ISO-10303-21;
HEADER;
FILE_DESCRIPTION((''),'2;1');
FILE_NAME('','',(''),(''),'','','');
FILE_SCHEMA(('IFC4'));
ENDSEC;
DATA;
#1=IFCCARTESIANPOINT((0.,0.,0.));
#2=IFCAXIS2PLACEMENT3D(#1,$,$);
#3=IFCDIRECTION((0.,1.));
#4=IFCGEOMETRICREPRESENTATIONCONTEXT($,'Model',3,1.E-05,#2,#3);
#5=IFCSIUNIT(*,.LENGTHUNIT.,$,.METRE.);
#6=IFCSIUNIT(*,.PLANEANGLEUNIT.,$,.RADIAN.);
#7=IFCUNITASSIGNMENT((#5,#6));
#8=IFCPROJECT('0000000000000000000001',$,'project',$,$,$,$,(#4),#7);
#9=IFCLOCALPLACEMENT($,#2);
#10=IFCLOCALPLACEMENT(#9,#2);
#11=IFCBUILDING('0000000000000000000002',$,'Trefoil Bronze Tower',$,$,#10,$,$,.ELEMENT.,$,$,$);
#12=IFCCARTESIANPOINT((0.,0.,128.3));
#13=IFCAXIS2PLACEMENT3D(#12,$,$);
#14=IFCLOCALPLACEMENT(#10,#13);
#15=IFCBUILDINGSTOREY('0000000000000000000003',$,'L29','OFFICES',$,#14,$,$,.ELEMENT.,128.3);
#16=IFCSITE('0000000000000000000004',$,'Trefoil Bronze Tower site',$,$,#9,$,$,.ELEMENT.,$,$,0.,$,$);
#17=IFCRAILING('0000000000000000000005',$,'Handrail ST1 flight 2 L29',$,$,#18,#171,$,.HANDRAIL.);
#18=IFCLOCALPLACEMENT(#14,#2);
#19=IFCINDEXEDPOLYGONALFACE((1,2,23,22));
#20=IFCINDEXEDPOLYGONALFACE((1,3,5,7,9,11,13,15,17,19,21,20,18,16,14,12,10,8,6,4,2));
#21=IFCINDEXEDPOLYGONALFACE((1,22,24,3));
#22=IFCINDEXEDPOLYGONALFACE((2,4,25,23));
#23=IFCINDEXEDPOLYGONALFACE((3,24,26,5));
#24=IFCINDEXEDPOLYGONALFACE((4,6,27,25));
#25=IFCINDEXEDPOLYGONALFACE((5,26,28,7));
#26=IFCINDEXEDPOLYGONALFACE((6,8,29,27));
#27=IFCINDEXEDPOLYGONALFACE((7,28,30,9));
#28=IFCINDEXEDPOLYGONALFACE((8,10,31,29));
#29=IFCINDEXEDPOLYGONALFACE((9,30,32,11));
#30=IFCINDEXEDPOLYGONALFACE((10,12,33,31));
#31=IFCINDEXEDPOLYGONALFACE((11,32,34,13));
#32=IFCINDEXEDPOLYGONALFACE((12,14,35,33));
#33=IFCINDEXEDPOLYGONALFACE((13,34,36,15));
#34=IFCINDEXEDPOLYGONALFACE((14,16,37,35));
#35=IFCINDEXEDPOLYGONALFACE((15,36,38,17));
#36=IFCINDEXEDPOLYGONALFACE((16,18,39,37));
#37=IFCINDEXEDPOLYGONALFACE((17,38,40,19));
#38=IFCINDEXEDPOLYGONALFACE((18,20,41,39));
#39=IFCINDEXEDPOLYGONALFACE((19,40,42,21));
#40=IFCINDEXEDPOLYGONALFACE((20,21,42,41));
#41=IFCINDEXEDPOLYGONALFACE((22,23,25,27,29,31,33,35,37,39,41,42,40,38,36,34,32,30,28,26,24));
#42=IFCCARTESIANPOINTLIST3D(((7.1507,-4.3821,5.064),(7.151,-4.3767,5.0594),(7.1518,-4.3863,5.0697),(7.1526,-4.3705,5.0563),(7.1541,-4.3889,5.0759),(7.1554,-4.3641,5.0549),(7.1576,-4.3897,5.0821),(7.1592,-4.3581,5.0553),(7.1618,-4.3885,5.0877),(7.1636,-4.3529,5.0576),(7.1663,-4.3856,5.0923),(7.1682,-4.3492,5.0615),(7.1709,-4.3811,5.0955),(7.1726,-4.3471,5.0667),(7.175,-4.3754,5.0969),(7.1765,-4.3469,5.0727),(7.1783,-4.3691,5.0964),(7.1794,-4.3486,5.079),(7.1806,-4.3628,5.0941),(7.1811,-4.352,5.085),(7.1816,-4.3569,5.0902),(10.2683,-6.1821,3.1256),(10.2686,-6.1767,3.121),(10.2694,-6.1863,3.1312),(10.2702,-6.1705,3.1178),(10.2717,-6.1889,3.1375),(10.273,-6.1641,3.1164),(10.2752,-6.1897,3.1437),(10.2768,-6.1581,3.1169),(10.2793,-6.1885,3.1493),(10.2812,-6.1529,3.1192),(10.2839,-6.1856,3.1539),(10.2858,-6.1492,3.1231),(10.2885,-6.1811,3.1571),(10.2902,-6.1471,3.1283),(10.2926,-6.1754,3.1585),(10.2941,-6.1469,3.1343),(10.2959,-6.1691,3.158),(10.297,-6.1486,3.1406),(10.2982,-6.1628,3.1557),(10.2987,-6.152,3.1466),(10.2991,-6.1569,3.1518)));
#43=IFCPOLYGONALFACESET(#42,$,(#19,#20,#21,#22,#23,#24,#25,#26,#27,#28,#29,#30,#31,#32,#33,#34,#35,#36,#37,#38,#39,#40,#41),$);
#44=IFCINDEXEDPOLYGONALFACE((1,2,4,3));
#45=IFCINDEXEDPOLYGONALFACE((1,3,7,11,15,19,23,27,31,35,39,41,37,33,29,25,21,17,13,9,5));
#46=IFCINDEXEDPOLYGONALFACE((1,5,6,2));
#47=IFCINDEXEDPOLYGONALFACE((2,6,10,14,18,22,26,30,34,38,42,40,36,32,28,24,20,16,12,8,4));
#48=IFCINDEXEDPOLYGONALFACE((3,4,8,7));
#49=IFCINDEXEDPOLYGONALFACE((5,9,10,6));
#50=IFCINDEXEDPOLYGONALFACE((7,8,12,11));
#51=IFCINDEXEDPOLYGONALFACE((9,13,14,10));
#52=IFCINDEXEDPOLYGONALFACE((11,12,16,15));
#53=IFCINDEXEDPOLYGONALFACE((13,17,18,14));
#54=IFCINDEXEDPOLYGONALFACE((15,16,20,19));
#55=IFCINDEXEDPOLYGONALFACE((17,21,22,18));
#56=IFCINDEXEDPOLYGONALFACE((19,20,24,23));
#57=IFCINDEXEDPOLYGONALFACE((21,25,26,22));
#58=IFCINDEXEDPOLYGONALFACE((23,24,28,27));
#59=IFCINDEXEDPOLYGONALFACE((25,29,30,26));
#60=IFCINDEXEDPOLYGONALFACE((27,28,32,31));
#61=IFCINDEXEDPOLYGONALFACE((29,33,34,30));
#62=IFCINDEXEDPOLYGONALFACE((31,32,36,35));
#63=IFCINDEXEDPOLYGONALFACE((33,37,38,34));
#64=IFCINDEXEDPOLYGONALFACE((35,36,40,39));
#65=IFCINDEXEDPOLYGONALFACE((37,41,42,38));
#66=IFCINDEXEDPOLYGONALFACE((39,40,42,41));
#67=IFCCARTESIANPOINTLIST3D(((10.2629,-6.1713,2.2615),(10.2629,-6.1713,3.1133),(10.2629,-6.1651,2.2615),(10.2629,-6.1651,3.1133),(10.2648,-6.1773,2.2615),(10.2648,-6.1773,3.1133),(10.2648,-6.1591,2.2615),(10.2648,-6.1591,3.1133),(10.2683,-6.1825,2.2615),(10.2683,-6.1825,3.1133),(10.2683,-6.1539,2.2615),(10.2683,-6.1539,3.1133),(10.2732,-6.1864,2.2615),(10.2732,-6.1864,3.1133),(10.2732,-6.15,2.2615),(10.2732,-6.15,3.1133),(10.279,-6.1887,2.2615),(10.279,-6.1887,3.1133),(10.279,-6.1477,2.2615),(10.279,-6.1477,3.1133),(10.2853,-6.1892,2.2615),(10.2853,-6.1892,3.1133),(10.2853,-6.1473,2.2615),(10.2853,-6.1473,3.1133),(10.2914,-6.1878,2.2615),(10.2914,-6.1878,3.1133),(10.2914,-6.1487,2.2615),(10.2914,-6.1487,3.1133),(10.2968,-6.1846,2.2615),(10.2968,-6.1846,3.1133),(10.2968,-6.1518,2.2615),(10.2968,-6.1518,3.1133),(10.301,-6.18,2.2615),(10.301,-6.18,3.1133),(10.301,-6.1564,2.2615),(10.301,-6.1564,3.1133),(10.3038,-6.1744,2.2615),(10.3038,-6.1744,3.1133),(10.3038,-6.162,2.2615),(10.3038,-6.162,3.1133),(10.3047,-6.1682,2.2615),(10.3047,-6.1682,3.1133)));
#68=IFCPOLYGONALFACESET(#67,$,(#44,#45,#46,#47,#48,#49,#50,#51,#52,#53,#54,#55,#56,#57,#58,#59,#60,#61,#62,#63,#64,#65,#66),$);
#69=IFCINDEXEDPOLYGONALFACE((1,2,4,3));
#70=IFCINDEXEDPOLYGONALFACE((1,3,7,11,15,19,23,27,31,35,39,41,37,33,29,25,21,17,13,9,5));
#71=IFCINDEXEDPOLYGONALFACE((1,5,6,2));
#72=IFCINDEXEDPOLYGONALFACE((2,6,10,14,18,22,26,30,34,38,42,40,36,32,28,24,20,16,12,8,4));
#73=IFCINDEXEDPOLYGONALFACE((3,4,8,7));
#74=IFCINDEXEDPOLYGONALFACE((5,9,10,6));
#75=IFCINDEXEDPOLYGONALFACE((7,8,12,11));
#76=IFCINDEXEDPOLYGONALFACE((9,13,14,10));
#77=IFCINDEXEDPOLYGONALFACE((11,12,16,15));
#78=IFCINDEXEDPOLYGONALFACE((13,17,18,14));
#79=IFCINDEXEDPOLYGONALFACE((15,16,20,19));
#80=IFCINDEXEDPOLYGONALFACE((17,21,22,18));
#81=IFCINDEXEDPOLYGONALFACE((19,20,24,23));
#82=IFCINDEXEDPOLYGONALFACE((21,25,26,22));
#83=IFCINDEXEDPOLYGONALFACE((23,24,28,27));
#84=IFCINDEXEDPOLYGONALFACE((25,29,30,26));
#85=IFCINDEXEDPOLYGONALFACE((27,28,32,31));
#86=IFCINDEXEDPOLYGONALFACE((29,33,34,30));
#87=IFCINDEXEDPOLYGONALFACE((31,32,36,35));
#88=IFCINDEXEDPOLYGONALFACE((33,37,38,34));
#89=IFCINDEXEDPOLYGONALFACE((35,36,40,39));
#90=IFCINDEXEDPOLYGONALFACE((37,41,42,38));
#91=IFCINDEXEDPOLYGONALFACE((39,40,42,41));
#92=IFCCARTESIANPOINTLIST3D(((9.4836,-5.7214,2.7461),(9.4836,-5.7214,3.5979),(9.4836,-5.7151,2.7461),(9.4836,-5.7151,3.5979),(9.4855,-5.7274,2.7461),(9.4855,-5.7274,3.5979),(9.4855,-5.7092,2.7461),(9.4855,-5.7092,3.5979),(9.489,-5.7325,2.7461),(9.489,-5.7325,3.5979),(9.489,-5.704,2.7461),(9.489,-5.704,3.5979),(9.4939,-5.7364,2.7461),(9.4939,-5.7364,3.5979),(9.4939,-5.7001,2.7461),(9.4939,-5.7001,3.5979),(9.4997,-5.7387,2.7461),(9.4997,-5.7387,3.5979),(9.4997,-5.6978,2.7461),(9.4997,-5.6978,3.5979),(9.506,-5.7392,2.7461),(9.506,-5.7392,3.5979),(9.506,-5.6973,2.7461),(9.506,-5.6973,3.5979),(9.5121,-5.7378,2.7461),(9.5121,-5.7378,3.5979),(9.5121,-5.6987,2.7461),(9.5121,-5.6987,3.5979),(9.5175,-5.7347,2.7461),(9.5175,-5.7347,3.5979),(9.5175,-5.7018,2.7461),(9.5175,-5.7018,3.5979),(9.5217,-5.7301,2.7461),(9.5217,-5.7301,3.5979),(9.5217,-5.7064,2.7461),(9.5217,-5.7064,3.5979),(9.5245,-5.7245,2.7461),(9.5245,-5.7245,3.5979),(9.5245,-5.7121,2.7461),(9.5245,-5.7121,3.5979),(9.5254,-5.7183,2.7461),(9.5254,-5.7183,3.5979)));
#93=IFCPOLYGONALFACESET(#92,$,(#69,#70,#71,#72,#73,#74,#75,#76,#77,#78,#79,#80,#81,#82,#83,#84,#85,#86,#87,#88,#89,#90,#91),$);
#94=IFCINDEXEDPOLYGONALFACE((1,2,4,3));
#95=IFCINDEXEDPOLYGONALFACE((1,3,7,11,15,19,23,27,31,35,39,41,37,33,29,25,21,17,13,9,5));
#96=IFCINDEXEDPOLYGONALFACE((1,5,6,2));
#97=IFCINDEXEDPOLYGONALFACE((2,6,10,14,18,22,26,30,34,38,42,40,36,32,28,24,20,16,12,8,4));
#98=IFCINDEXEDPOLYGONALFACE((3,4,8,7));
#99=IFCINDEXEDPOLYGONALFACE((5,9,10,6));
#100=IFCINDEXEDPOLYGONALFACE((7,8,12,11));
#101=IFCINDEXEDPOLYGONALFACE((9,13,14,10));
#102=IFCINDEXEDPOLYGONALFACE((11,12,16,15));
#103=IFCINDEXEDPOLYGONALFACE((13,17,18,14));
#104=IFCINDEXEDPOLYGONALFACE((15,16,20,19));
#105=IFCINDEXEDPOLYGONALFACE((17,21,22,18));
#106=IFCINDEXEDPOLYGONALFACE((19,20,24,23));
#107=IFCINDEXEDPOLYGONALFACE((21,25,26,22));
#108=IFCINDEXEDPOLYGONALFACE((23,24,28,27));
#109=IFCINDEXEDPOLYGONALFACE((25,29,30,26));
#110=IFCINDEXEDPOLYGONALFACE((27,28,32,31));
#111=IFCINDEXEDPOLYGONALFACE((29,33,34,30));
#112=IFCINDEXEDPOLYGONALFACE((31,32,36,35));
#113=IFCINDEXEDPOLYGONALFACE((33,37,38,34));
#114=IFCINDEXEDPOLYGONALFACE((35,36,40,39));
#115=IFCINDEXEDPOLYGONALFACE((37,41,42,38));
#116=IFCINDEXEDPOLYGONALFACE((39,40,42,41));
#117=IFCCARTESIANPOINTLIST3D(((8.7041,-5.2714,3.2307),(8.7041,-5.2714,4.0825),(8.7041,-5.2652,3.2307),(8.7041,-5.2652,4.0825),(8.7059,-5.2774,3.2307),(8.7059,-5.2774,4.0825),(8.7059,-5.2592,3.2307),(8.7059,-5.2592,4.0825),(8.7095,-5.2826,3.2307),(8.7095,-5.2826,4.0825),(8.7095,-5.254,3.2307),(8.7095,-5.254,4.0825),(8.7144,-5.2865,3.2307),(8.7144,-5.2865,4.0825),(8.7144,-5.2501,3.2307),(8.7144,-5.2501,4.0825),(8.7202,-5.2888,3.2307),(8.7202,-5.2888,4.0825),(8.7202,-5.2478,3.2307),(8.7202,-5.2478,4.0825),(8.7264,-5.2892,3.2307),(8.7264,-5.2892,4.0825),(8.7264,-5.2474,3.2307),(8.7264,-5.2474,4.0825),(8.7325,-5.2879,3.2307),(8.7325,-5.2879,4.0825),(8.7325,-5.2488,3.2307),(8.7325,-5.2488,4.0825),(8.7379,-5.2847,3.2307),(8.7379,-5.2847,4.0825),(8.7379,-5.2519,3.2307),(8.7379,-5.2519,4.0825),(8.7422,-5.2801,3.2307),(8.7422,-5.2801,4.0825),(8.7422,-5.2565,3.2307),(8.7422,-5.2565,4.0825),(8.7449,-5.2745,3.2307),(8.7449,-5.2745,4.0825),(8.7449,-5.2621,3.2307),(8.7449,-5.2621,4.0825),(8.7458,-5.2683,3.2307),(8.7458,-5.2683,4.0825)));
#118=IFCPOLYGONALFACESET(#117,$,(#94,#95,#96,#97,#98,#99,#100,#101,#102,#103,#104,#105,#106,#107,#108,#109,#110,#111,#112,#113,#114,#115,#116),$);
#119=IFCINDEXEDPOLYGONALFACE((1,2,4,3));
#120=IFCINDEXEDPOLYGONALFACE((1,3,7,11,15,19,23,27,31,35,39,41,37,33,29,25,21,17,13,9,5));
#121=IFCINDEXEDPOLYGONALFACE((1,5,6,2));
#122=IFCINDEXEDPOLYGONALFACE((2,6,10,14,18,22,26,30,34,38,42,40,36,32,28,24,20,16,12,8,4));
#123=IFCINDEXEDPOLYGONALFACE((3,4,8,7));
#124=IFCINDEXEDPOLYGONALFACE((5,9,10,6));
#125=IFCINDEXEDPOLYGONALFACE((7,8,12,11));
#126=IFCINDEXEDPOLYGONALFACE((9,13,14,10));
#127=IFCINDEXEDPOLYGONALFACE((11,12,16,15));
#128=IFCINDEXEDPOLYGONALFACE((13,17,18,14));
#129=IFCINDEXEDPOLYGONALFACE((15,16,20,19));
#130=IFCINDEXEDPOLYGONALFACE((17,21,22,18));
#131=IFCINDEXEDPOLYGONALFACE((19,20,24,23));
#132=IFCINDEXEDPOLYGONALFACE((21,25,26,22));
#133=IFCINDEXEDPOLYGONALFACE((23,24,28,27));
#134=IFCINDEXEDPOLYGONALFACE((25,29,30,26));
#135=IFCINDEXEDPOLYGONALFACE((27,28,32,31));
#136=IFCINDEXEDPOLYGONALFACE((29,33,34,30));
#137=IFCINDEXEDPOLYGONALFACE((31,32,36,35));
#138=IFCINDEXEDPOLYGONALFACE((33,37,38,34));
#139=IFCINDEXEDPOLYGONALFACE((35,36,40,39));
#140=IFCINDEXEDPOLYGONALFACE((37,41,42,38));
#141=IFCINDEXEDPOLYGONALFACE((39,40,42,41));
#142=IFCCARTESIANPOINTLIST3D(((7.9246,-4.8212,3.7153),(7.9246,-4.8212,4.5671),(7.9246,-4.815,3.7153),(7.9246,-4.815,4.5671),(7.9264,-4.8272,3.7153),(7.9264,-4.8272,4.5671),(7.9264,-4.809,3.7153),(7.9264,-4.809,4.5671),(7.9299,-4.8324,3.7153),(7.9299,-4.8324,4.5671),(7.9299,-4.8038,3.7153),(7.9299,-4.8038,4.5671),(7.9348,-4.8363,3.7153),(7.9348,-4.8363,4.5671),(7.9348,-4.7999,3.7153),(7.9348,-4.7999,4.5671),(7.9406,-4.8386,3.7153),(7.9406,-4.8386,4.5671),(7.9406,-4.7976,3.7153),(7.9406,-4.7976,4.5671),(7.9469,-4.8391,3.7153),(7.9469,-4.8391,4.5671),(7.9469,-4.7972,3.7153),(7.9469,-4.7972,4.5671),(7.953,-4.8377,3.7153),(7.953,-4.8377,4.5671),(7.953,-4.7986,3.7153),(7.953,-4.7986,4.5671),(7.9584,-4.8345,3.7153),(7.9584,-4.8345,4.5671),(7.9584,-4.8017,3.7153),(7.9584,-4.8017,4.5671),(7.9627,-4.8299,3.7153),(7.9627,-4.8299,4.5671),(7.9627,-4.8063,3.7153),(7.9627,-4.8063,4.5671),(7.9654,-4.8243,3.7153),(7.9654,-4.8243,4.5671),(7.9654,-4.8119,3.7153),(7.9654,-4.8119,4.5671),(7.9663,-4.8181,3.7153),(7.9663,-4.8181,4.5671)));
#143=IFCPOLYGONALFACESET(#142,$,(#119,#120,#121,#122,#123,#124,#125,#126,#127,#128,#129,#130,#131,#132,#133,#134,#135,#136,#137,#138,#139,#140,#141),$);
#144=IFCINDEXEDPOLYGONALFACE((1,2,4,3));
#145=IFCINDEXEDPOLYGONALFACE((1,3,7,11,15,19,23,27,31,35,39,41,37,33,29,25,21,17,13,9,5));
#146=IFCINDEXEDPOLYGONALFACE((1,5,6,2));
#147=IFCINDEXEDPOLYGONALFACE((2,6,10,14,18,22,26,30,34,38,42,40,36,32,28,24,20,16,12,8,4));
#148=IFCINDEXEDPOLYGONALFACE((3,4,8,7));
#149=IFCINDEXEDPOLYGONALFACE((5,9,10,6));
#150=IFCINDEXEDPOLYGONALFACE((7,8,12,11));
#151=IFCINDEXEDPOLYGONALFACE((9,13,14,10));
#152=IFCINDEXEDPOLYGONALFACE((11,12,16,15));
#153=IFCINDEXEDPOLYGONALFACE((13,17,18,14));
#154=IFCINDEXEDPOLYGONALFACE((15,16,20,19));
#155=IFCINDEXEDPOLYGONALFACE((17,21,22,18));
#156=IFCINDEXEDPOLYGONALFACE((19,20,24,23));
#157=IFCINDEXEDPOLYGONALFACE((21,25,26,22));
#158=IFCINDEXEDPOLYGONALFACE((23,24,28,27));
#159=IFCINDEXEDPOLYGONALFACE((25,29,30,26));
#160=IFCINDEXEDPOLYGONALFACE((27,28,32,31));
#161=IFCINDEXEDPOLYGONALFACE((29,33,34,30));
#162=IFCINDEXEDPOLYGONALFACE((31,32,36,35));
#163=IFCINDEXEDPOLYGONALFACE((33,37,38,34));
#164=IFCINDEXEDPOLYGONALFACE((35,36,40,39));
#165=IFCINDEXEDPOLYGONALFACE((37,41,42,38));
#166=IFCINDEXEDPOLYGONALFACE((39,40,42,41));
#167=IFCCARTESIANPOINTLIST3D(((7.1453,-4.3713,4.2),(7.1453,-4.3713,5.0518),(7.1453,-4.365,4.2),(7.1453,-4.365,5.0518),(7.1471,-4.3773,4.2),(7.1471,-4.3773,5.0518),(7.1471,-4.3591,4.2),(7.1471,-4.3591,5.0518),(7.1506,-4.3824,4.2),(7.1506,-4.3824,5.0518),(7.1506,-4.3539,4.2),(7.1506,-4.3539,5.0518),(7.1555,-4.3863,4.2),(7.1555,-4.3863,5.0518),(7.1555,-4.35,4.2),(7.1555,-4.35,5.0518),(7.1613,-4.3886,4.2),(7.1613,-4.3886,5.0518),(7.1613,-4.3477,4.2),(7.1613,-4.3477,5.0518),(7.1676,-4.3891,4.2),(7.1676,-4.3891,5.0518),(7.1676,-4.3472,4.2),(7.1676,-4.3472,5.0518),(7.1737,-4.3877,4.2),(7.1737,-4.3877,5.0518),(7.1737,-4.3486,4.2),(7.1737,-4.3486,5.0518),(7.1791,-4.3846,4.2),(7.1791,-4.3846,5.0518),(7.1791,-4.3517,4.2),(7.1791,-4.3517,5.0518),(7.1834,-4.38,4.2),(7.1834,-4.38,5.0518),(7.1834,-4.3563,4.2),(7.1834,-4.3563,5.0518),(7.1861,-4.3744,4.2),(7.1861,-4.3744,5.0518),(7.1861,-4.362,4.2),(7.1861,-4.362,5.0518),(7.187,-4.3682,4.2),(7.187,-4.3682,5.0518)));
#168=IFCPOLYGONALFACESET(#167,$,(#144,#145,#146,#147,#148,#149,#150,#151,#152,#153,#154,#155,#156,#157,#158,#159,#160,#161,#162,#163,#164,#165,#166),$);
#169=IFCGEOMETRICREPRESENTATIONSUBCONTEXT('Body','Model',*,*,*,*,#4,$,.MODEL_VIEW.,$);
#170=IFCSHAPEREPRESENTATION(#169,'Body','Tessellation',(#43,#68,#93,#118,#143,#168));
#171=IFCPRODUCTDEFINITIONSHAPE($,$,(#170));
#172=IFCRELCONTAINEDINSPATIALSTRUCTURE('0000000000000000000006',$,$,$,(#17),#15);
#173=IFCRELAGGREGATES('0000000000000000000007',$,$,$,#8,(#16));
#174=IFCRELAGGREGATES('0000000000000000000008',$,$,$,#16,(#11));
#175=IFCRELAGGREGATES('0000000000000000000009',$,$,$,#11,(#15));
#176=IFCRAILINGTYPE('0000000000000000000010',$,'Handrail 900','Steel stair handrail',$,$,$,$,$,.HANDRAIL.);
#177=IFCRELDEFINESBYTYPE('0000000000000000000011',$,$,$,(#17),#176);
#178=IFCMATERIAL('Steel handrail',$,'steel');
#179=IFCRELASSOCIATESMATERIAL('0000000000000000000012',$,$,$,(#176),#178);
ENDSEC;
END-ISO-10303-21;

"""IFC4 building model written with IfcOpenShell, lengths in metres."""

from ifc_helpers import new_model, si_unit, direction, frame, origin, origin_2d, place, context, subcontext, project, spatial, circle, extrude, material, type_object, element, save


model = new_model("IFC4")

# Units and contexts
model_context = context("Model", 3, precision=1e-05, world=origin(), true_north=direction((0.0, 1.0)))
body_context = subcontext(model_context, "Body", "Model", "MODEL_VIEW")
ifc_project = project(units=[si_unit("LENGTHUNIT", "METRE"), si_unit("PLANEANGLEUNIT", "RADIAN")], contexts=[model_context])

# Site, building, storey
site_placement = place(None, origin())
site = spatial("IfcSite", under=ifc_project, at=site_placement, Name="Trefoil Bronze Tower site", CompositionType="ELEMENT", RefElevation=0.0)
building_placement = place(site_placement, origin())
building = spatial("IfcBuilding", under=site, at=building_placement, Name="Trefoil Bronze Tower", CompositionType="ELEMENT")
storey_placement = place(building_placement, frame((0.0, 0.0, 128.3)))
storey = spatial("IfcBuildingStorey", under=building, at=storey_placement, Name="L29", Description="OFFICES", CompositionType="ELEMENT", Elevation=128.3)

# Railing
ifc_material_1 = material(Name="Steel handrail", Category="steel")
railing_type = type_object("IfcRailingType", Name="Handrail 900", Description="Steel stair handrail", PredefinedType="HANDRAIL", material=ifc_material_1)
railing_1_placement = place(storey_placement, frame((10.2837, -6.1682, 2.2615)))
element("IfcRailing", 1, at=railing_1_placement, inside=storey, type_object=railing_type, Name="Handrail ST1 flight 2 L29", PredefinedType="HANDRAIL", context=body_context, shape_type="SweptSolid", body=[
    extrude(circle(Radius=0.0239, at=origin_2d()), frame((0.0, 0.0, 0.876), z_axis=(-0.762503, 0.440246, 0.474102), x_axis=(-0.500012, -0.866018, 0.0)), (0.0, 0.0, 1.0), 4.0886),
    extrude(circle(Radius=0.021, at=origin_2d()), origin(), (0.0, 0.0, 1.0), 0.8518),
    extrude(circle(Radius=0.021, at=origin_2d()), frame((-0.7793, 0.45, 0.4846)), (0.0, 0.0, 1.0), 0.8518),
    extrude(circle(Radius=0.021, at=origin_2d()), frame((-1.5588, 0.8999, 0.9692)), (0.0, 0.0, 1.0), 0.8518),
    extrude(circle(Radius=0.021, at=origin_2d()), frame((-2.3384, 1.3501, 1.4539)), (0.0, 0.0, 1.0), 0.8518),
    extrude(circle(Radius=0.021, at=origin_2d()), frame((-3.1177, 1.8, 1.9385)), (0.0, 0.0, 1.0), 0.8518),
])

save(model, "model.ifc")
